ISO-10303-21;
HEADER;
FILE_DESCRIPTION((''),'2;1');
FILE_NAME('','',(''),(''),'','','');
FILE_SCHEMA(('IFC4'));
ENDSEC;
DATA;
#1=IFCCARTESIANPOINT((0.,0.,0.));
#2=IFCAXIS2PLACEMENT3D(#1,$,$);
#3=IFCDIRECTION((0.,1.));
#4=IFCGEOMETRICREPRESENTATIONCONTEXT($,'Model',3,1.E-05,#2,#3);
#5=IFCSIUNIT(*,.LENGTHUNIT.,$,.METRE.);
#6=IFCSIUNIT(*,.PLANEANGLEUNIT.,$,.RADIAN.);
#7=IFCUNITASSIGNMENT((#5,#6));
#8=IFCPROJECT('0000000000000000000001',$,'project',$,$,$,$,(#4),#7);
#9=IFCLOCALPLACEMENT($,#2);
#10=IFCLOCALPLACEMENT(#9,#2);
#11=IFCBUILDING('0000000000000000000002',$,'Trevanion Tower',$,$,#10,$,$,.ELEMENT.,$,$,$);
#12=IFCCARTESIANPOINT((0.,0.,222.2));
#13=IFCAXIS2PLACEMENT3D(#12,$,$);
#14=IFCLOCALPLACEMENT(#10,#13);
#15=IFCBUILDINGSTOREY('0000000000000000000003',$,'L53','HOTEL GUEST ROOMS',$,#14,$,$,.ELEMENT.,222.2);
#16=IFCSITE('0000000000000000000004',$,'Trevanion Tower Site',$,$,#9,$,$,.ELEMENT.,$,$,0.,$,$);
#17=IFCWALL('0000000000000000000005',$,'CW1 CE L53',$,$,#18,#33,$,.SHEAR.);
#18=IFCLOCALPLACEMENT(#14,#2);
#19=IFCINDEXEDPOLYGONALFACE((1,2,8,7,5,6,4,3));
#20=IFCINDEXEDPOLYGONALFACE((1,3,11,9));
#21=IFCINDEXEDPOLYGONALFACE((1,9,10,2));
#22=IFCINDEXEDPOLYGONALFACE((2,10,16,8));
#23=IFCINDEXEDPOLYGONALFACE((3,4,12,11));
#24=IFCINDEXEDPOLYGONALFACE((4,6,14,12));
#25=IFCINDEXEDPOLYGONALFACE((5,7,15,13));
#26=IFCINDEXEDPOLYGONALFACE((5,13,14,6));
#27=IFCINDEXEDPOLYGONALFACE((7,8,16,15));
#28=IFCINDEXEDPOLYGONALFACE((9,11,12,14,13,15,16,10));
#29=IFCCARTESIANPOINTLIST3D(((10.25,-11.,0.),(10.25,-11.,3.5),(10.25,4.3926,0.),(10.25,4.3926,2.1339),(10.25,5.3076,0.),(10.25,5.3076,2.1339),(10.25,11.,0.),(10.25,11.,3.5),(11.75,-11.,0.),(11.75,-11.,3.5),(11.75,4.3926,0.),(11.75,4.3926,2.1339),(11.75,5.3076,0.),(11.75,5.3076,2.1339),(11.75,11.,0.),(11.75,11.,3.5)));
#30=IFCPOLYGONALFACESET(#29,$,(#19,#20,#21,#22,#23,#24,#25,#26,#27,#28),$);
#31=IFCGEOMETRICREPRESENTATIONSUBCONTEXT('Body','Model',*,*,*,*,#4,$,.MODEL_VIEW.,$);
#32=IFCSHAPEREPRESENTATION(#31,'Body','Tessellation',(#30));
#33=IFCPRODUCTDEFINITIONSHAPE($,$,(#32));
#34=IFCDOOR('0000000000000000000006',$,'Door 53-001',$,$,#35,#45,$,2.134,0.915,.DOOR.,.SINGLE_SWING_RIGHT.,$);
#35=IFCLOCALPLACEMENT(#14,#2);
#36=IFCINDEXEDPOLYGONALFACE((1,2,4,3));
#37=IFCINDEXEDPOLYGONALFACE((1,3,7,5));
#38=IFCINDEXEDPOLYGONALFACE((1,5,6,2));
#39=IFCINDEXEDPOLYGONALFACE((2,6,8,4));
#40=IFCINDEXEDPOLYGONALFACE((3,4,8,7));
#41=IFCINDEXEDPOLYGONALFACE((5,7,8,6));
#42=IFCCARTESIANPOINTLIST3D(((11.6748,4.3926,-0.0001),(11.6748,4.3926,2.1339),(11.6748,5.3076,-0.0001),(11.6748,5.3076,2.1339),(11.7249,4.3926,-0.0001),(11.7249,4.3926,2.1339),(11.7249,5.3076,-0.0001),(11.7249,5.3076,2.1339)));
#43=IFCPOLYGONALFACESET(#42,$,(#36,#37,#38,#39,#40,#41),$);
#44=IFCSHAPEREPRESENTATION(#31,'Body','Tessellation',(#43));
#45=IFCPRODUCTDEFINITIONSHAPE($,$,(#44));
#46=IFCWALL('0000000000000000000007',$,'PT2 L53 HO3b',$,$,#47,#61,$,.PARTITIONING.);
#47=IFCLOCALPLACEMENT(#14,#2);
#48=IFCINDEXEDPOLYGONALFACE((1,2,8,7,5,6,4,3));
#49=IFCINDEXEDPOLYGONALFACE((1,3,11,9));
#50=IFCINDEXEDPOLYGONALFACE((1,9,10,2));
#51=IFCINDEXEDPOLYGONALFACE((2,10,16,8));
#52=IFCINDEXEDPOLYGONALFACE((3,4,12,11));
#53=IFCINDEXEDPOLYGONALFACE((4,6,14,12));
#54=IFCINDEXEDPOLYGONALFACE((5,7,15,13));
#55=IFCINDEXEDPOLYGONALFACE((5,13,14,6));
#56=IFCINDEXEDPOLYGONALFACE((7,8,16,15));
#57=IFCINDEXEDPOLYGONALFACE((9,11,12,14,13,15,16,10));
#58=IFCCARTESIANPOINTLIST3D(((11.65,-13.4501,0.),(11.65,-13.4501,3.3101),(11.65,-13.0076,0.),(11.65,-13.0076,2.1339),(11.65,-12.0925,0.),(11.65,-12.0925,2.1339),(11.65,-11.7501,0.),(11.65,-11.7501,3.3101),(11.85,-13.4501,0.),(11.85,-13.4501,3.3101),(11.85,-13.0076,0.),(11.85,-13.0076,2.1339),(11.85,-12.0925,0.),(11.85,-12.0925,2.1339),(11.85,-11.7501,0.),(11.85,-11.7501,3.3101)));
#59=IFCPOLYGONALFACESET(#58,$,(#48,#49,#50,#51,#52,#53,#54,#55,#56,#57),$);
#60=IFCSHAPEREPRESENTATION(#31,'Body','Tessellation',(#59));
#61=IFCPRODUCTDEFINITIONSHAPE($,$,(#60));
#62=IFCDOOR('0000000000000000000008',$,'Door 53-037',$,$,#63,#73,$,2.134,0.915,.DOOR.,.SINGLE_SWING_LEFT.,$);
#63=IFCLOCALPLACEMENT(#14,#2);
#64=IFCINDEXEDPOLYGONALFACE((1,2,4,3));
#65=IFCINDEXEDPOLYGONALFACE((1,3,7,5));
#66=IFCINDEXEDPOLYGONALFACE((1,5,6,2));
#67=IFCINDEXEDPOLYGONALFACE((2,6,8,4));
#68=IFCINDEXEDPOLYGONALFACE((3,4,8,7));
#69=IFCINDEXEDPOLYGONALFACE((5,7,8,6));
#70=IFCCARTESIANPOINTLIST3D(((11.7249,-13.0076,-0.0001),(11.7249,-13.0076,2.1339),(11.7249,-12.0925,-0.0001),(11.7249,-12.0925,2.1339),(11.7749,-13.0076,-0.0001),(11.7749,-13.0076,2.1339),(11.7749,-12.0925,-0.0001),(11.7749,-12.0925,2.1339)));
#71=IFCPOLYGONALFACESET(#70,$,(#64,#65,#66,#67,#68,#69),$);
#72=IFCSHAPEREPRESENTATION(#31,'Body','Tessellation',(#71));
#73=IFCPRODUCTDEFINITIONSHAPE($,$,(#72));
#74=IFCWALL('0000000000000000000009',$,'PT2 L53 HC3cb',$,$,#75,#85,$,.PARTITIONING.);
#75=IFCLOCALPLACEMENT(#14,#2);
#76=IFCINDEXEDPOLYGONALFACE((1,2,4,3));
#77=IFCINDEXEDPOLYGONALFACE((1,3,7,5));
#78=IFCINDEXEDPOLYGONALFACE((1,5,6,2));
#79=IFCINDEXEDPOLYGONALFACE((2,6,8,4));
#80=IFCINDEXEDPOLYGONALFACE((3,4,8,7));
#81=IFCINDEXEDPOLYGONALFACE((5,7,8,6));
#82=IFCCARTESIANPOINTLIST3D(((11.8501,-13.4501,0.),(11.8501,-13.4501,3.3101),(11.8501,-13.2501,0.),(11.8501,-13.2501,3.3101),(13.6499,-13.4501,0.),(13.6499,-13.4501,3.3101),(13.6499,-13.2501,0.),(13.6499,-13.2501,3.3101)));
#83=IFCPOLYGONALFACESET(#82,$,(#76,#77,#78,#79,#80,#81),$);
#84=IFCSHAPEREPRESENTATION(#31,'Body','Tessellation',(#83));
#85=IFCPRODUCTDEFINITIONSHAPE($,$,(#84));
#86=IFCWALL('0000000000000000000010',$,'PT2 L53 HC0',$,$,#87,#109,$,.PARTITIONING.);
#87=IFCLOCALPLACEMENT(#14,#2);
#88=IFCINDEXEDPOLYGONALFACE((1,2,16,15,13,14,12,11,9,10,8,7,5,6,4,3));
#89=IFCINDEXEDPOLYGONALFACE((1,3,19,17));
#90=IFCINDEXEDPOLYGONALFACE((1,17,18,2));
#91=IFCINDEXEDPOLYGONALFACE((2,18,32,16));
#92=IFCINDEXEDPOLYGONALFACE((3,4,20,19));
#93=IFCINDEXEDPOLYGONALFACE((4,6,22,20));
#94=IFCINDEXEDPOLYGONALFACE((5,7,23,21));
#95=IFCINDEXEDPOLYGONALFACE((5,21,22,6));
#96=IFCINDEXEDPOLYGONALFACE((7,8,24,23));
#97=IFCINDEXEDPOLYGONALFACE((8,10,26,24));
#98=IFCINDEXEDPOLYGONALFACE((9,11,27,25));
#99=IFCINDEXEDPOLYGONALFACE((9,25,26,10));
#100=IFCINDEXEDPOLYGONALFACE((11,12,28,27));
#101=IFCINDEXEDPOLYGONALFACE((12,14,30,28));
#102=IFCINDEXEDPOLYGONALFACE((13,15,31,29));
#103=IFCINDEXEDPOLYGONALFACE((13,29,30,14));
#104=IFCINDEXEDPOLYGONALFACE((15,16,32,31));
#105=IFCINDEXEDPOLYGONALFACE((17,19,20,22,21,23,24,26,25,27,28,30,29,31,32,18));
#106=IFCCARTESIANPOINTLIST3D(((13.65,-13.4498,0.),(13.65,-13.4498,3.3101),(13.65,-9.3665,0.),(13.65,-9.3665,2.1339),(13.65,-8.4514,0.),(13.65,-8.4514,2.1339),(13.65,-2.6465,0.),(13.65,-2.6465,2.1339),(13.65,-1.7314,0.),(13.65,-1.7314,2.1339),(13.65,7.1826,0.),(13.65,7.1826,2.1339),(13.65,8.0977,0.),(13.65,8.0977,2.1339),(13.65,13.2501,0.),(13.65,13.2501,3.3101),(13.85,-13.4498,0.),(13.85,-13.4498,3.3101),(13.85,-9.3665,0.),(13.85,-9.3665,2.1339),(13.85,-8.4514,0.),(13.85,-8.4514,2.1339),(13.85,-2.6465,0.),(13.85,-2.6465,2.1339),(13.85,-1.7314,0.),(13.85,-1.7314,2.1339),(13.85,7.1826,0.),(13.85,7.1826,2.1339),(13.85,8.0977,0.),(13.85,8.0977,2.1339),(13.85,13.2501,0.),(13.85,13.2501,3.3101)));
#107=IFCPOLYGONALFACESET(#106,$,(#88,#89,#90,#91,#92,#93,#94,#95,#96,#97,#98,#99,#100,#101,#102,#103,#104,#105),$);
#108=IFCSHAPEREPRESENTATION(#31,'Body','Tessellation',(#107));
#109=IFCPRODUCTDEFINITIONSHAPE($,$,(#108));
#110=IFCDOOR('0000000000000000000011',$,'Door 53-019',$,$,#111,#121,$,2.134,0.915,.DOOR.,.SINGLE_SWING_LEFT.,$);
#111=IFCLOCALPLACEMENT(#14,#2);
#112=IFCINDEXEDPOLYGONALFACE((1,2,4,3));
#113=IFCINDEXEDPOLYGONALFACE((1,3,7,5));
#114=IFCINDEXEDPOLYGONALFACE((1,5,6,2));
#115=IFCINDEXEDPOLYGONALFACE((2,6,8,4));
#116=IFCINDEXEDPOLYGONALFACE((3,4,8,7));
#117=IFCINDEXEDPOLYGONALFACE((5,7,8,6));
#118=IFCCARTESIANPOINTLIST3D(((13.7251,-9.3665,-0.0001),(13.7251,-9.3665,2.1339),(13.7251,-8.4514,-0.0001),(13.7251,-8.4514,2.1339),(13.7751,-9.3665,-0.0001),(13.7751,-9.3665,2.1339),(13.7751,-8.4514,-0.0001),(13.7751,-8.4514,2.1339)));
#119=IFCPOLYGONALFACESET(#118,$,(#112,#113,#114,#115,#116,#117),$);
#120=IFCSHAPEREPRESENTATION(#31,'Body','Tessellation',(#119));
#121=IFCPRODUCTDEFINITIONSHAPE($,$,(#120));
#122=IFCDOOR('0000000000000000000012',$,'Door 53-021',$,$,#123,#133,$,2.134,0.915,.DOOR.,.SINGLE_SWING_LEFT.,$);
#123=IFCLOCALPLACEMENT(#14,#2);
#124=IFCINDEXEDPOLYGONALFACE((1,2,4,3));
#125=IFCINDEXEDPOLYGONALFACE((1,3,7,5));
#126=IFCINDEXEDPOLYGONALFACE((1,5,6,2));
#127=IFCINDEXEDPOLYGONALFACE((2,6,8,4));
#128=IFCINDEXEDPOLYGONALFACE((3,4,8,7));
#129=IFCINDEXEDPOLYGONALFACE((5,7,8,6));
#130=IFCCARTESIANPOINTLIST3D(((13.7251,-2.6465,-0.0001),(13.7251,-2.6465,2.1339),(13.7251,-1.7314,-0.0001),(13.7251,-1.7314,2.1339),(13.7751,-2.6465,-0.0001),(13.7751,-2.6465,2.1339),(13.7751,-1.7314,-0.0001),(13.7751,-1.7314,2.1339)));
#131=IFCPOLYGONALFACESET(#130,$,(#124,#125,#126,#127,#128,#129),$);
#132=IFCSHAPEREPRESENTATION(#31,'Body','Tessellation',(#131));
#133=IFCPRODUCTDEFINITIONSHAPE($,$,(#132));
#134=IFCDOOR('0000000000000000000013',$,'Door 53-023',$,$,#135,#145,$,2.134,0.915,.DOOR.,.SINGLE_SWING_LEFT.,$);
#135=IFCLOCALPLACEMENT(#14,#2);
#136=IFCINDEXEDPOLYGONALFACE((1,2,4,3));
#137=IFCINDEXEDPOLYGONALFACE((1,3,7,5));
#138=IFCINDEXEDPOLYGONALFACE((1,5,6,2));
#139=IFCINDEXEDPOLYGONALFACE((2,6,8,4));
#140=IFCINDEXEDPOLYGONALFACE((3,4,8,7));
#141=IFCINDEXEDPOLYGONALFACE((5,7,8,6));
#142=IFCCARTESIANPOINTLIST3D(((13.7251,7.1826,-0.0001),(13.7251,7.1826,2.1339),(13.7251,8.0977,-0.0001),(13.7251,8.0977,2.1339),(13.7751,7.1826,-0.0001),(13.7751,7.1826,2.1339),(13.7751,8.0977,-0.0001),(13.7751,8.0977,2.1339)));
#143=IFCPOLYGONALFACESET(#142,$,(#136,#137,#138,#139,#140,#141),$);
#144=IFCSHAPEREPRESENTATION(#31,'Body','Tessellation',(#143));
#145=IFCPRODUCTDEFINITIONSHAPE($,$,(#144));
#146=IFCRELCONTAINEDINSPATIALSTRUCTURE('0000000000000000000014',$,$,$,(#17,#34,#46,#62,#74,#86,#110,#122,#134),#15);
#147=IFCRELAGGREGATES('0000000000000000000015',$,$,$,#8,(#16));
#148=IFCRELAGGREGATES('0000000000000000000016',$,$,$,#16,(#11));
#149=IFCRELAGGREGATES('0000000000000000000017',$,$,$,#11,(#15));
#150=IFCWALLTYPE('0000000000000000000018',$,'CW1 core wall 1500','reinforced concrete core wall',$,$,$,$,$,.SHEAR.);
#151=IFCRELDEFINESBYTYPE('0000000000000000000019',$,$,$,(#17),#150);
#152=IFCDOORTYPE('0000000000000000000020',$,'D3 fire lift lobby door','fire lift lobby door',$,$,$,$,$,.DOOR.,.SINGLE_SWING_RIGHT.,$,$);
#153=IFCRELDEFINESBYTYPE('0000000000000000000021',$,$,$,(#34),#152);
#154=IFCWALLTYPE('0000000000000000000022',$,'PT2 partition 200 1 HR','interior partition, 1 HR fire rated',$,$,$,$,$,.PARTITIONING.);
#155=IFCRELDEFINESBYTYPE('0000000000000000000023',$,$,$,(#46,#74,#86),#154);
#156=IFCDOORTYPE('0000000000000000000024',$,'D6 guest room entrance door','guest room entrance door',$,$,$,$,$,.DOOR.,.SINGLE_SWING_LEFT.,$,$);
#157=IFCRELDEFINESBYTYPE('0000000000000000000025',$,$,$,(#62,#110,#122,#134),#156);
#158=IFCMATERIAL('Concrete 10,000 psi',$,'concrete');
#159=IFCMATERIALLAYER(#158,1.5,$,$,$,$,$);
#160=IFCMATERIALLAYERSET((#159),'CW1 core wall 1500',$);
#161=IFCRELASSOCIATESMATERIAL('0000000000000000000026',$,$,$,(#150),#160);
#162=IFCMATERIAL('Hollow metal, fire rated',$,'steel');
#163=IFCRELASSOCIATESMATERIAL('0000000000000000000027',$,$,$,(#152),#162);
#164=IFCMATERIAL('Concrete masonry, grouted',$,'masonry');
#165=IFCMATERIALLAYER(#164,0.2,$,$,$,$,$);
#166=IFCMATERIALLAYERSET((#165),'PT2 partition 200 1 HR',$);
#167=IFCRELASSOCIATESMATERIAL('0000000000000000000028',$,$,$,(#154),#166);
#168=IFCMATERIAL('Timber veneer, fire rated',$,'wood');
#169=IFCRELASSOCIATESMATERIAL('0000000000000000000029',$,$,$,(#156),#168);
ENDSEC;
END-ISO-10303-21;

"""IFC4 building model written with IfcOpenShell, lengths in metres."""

from ifc_helpers import new_model, si_unit, direction, frame, frame_2d, origin, place, context, subcontext, project, spatial, rectangle, extrude, material, layer, layer_set, type_object, element, fill, save


model = new_model("IFC4")

# Units and contexts
model_context = context("Model", 3, precision=1e-05, world=origin(), true_north=direction((0.0, 1.0)))
body_context = subcontext(model_context, "Body", "Model", "MODEL_VIEW")
ifc_project = project(units=[si_unit("LENGTHUNIT", "METRE"), si_unit("PLANEANGLEUNIT", "RADIAN")], contexts=[model_context])

# Site, building, storey
site_placement = place(None, origin())
site = spatial("IfcSite", under=ifc_project, at=site_placement, Name="Trevanion Tower Site", CompositionType="ELEMENT", RefElevation=0.0)
building_placement = place(site_placement, origin())
building = spatial("IfcBuilding", under=site, at=building_placement, Name="Trevanion Tower", CompositionType="ELEMENT")
storey_placement = place(building_placement, frame((0.0, 0.0, 222.2)))
storey = spatial("IfcBuildingStorey", under=building, at=storey_placement, Name="L53", Description="HOTEL GUEST ROOMS", CompositionType="ELEMENT", Elevation=222.2)

# Walls, openings, doors
ifc_material_1 = material(Name="Concrete 10,000 psi", Category="concrete")
ifc_layer_1 = layer(ifc_material_1, 1.5)
ifc_layer_set_1 = layer_set([ifc_layer_1], Name="CW1 core wall 1500")
wall_type_1 = type_object("IfcWallType", Name="CW1 core wall 1500", Description="reinforced concrete core wall", PredefinedType="SHEAR", material=ifc_layer_set_1)
wall_1_placement = place(storey_placement, frame((11.0, -11.0, 0.0), z_axis=(0.0, 0.0, 1.0), x_axis=(0.0, 1.0, 0.0)))
wall_1 = element("IfcWall", 1, at=wall_1_placement, inside=storey, type_object=wall_type_1, Name="CW1 CE L53", PredefinedType="SHEAR", context=body_context, shape_type="SweptSolid", body=[
    extrude(rectangle(XDim=22.0, YDim=1.5, at=frame_2d((11.0, 0.0))), origin(), (0.0, 0.0, 1.0), 3.5),
])
opening_1_placement = place(wall_1_placement, frame((15.3926, 0.0, 0.0)))
opening_1 = element("IfcOpeningElement", 2, at=opening_1_placement, cuts=wall_1, PredefinedType="OPENING", context=body_context, shape_type="SweptSolid", body=[
    extrude(rectangle(XDim=0.915, YDim=2.134, at=frame_2d((0.4575, 1.0669))), frame((0.0, 0.76, 0.0), z_axis=(0.0, -1.0, 0.0), x_axis=(1.0, 0.0, 0.0)), (0.0, 0.0, 1.0), 1.52),
])
ifc_material_2 = material(Name="Hollow metal, fire rated", Category="steel")
door_type_1 = type_object("IfcDoorType", Name="D3 fire lift lobby door", Description="fire lift lobby door", OperationType="SINGLE_SWING_RIGHT", PredefinedType="DOOR", material=ifc_material_2)
door_1_placement = place(opening_1_placement, origin())
door_1 = element("IfcDoor", 3, at=door_1_placement, inside=storey, type_object=door_type_1, Name="Door 53-001", OperationType="SINGLE_SWING_RIGHT", OverallHeight=2.134, OverallWidth=0.915, PredefinedType="DOOR", context=body_context, shape_type="SweptSolid", body=[
    extrude(rectangle(XDim=0.915, YDim=2.134, at=frame_2d((0.4575, 1.0669))), frame((0.0, -0.6748, 0.0), z_axis=(0.0, -1.0, 0.0), x_axis=(1.0, 0.0, 0.0)), (0.0, 0.0, 1.0), 0.05),
])
fill(opening_1, door_1)
ifc_material_3 = material(Name="Concrete masonry, grouted", Category="masonry")
ifc_layer_2 = layer(ifc_material_3, 0.2)
ifc_layer_set_2 = layer_set([ifc_layer_2], Name="PT2 partition 200 1 HR")
wall_type_2 = type_object("IfcWallType", Name="PT2 partition 200 1 HR", Description="interior partition, 1 HR fire rated", PredefinedType="PARTITIONING", material=ifc_layer_set_2)
wall_2_placement = place(storey_placement, frame((11.75, -11.75, 0.0), z_axis=(0.0, 0.0, 1.0), x_axis=(0.0, -1.0, 0.0)))
wall_2 = element("IfcWall", 4, at=wall_2_placement, inside=storey, type_object=wall_type_2, Name="PT2 L53 HO3b", PredefinedType="PARTITIONING", context=body_context, shape_type="SweptSolid", body=[
    extrude(rectangle(XDim=1.7, YDim=0.2, at=frame_2d((0.8501, 0.0))), origin(), (0.0, 0.0, 1.0), 3.3101),
])
opening_2_placement = place(wall_2_placement, frame((0.3425, 0.0, 0.0)))
opening_2 = element("IfcOpeningElement", 5, at=opening_2_placement, cuts=wall_2, PredefinedType="OPENING", context=body_context, shape_type="SweptSolid", body=[
    extrude(rectangle(XDim=0.915, YDim=2.134, at=frame_2d((0.4575, 1.0669))), frame((0.0, 0.1099, 0.0), z_axis=(0.0, -1.0, 0.0), x_axis=(1.0, 0.0, 0.0)), (0.0, 0.0, 1.0), 0.22),
])
ifc_material_4 = material(Name="Timber veneer, fire rated", Category="wood")
door_type_2 = type_object("IfcDoorType", Name="D6 guest room entrance door", Description="guest room entrance door", OperationType="SINGLE_SWING_LEFT", PredefinedType="DOOR", material=ifc_material_4)
door_2_placement = place(opening_2_placement, origin())
door_2 = element("IfcDoor", 6, at=door_2_placement, inside=storey, type_object=door_type_2, Name="Door 53-037", OperationType="SINGLE_SWING_LEFT", OverallHeight=2.134, OverallWidth=0.915, PredefinedType="DOOR", context=body_context, shape_type="SweptSolid", body=[
    extrude(rectangle(XDim=0.915, YDim=2.134, at=frame_2d((0.4575, 1.0669))), frame((0.0, 0.0249, 0.0), z_axis=(0.0, -1.0, 0.0), x_axis=(1.0, 0.0, 0.0)), (0.0, 0.0, 1.0), 0.05),
])
fill(opening_2, door_2)

# Wall
wall_3_placement = place(storey_placement, frame((11.8501, -13.3501, 0.0), z_axis=(0.0, 0.0, 1.0), x_axis=(1.0, 0.0, 0.0)))
element("IfcWall", 7, at=wall_3_placement, inside=storey, type_object=wall_type_2, Name="PT2 L53 HC3cb", PredefinedType="PARTITIONING", context=body_context, shape_type="SweptSolid", body=[
    extrude(rectangle(XDim=1.7998, YDim=0.2, at=frame_2d((0.8999, 0.0))), origin(), (0.0, 0.0, 1.0), 3.3101),
])

# Wall, openings, doors
wall_4_placement = place(storey_placement, frame((13.75, -13.45, 0.0), z_axis=(0.0, 0.0, 1.0), x_axis=(0.0, 1.0, 0.0)))
wall_4 = element("IfcWall", 8, at=wall_4_placement, inside=storey, type_object=wall_type_2, Name="PT2 L53 HC0", PredefinedType="PARTITIONING", context=body_context, shape_type="SweptSolid", body=[
    extrude(rectangle(XDim=26.7, YDim=0.2, at=frame_2d((13.3501, 0.0))), origin(), (0.0, 0.0, 1.0), 3.3101),
])
opening_3_placement = place(wall_4_placement, frame((4.0835, 0.0, 0.0)))
opening_3 = element("IfcOpeningElement", 9, at=opening_3_placement, cuts=wall_4, PredefinedType="OPENING", context=body_context, shape_type="SweptSolid", body=[
    extrude(rectangle(XDim=0.915, YDim=2.134, at=frame_2d((0.4575, 1.0669))), frame((0.0, 0.1099, 0.0), z_axis=(0.0, -1.0, 0.0), x_axis=(1.0, 0.0, 0.0)), (0.0, 0.0, 1.0), 0.22),
])
opening_4_placement = place(wall_4_placement, frame((10.8035, 0.0, 0.0)))
opening_4 = element("IfcOpeningElement", 10, at=opening_4_placement, cuts=wall_4, PredefinedType="OPENING", context=body_context, shape_type="SweptSolid", body=[
    extrude(rectangle(XDim=0.915, YDim=2.134, at=frame_2d((0.4575, 1.0669))), frame((0.0, 0.1099, 0.0), z_axis=(0.0, -1.0, 0.0), x_axis=(1.0, 0.0, 0.0)), (0.0, 0.0, 1.0), 0.22),
])
opening_5_placement = place(wall_4_placement, frame((20.6326, 0.0, 0.0)))
opening_5 = element("IfcOpeningElement", 11, at=opening_5_placement, cuts=wall_4, PredefinedType="OPENING", context=body_context, shape_type="SweptSolid", body=[
    extrude(rectangle(XDim=0.915, YDim=2.134, at=frame_2d((0.4575, 1.0669))), frame((0.0, 0.1099, 0.0), z_axis=(0.0, -1.0, 0.0), x_axis=(1.0, 0.0, 0.0)), (0.0, 0.0, 1.0), 0.22),
])
door_3_placement = place(opening_3_placement, origin())
door_3 = element("IfcDoor", 12, at=door_3_placement, inside=storey, type_object=door_type_2, Name="Door 53-019", OperationType="SINGLE_SWING_LEFT", OverallHeight=2.134, OverallWidth=0.915, PredefinedType="DOOR", context=body_context, shape_type="SweptSolid", body=[
    extrude(rectangle(XDim=0.915, YDim=2.134, at=frame_2d((0.4575, 1.0669))), frame((0.0, 0.0249, 0.0), z_axis=(0.0, -1.0, 0.0), x_axis=(1.0, 0.0, 0.0)), (0.0, 0.0, 1.0), 0.05),
])
fill(opening_3, door_3)
door_4_placement = place(opening_4_placement, origin())
door_4 = element("IfcDoor", 13, at=door_4_placement, inside=storey, type_object=door_type_2, Name="Door 53-021", OperationType="SINGLE_SWING_LEFT", OverallHeight=2.134, OverallWidth=0.915, PredefinedType="DOOR", context=body_context, shape_type="SweptSolid", body=[
    extrude(rectangle(XDim=0.915, YDim=2.134, at=frame_2d((0.4575, 1.0669))), frame((0.0, 0.0249, 0.0), z_axis=(0.0, -1.0, 0.0), x_axis=(1.0, 0.0, 0.0)), (0.0, 0.0, 1.0), 0.05),
])
fill(opening_4, door_4)
door_5_placement = place(opening_5_placement, origin())
door_5 = element("IfcDoor", 14, at=door_5_placement, inside=storey, type_object=door_type_2, Name="Door 53-023", OperationType="SINGLE_SWING_LEFT", OverallHeight=2.134, OverallWidth=0.915, PredefinedType="DOOR", context=body_context, shape_type="SweptSolid", body=[
    extrude(rectangle(XDim=0.915, YDim=2.134, at=frame_2d((0.4575, 1.0669))), frame((0.0, 0.0249, 0.0), z_axis=(0.0, -1.0, 0.0), x_axis=(1.0, 0.0, 0.0)), (0.0, 0.0, 1.0), 0.05),
])
fill(opening_5, door_5)

save(model, "model.ifc")
